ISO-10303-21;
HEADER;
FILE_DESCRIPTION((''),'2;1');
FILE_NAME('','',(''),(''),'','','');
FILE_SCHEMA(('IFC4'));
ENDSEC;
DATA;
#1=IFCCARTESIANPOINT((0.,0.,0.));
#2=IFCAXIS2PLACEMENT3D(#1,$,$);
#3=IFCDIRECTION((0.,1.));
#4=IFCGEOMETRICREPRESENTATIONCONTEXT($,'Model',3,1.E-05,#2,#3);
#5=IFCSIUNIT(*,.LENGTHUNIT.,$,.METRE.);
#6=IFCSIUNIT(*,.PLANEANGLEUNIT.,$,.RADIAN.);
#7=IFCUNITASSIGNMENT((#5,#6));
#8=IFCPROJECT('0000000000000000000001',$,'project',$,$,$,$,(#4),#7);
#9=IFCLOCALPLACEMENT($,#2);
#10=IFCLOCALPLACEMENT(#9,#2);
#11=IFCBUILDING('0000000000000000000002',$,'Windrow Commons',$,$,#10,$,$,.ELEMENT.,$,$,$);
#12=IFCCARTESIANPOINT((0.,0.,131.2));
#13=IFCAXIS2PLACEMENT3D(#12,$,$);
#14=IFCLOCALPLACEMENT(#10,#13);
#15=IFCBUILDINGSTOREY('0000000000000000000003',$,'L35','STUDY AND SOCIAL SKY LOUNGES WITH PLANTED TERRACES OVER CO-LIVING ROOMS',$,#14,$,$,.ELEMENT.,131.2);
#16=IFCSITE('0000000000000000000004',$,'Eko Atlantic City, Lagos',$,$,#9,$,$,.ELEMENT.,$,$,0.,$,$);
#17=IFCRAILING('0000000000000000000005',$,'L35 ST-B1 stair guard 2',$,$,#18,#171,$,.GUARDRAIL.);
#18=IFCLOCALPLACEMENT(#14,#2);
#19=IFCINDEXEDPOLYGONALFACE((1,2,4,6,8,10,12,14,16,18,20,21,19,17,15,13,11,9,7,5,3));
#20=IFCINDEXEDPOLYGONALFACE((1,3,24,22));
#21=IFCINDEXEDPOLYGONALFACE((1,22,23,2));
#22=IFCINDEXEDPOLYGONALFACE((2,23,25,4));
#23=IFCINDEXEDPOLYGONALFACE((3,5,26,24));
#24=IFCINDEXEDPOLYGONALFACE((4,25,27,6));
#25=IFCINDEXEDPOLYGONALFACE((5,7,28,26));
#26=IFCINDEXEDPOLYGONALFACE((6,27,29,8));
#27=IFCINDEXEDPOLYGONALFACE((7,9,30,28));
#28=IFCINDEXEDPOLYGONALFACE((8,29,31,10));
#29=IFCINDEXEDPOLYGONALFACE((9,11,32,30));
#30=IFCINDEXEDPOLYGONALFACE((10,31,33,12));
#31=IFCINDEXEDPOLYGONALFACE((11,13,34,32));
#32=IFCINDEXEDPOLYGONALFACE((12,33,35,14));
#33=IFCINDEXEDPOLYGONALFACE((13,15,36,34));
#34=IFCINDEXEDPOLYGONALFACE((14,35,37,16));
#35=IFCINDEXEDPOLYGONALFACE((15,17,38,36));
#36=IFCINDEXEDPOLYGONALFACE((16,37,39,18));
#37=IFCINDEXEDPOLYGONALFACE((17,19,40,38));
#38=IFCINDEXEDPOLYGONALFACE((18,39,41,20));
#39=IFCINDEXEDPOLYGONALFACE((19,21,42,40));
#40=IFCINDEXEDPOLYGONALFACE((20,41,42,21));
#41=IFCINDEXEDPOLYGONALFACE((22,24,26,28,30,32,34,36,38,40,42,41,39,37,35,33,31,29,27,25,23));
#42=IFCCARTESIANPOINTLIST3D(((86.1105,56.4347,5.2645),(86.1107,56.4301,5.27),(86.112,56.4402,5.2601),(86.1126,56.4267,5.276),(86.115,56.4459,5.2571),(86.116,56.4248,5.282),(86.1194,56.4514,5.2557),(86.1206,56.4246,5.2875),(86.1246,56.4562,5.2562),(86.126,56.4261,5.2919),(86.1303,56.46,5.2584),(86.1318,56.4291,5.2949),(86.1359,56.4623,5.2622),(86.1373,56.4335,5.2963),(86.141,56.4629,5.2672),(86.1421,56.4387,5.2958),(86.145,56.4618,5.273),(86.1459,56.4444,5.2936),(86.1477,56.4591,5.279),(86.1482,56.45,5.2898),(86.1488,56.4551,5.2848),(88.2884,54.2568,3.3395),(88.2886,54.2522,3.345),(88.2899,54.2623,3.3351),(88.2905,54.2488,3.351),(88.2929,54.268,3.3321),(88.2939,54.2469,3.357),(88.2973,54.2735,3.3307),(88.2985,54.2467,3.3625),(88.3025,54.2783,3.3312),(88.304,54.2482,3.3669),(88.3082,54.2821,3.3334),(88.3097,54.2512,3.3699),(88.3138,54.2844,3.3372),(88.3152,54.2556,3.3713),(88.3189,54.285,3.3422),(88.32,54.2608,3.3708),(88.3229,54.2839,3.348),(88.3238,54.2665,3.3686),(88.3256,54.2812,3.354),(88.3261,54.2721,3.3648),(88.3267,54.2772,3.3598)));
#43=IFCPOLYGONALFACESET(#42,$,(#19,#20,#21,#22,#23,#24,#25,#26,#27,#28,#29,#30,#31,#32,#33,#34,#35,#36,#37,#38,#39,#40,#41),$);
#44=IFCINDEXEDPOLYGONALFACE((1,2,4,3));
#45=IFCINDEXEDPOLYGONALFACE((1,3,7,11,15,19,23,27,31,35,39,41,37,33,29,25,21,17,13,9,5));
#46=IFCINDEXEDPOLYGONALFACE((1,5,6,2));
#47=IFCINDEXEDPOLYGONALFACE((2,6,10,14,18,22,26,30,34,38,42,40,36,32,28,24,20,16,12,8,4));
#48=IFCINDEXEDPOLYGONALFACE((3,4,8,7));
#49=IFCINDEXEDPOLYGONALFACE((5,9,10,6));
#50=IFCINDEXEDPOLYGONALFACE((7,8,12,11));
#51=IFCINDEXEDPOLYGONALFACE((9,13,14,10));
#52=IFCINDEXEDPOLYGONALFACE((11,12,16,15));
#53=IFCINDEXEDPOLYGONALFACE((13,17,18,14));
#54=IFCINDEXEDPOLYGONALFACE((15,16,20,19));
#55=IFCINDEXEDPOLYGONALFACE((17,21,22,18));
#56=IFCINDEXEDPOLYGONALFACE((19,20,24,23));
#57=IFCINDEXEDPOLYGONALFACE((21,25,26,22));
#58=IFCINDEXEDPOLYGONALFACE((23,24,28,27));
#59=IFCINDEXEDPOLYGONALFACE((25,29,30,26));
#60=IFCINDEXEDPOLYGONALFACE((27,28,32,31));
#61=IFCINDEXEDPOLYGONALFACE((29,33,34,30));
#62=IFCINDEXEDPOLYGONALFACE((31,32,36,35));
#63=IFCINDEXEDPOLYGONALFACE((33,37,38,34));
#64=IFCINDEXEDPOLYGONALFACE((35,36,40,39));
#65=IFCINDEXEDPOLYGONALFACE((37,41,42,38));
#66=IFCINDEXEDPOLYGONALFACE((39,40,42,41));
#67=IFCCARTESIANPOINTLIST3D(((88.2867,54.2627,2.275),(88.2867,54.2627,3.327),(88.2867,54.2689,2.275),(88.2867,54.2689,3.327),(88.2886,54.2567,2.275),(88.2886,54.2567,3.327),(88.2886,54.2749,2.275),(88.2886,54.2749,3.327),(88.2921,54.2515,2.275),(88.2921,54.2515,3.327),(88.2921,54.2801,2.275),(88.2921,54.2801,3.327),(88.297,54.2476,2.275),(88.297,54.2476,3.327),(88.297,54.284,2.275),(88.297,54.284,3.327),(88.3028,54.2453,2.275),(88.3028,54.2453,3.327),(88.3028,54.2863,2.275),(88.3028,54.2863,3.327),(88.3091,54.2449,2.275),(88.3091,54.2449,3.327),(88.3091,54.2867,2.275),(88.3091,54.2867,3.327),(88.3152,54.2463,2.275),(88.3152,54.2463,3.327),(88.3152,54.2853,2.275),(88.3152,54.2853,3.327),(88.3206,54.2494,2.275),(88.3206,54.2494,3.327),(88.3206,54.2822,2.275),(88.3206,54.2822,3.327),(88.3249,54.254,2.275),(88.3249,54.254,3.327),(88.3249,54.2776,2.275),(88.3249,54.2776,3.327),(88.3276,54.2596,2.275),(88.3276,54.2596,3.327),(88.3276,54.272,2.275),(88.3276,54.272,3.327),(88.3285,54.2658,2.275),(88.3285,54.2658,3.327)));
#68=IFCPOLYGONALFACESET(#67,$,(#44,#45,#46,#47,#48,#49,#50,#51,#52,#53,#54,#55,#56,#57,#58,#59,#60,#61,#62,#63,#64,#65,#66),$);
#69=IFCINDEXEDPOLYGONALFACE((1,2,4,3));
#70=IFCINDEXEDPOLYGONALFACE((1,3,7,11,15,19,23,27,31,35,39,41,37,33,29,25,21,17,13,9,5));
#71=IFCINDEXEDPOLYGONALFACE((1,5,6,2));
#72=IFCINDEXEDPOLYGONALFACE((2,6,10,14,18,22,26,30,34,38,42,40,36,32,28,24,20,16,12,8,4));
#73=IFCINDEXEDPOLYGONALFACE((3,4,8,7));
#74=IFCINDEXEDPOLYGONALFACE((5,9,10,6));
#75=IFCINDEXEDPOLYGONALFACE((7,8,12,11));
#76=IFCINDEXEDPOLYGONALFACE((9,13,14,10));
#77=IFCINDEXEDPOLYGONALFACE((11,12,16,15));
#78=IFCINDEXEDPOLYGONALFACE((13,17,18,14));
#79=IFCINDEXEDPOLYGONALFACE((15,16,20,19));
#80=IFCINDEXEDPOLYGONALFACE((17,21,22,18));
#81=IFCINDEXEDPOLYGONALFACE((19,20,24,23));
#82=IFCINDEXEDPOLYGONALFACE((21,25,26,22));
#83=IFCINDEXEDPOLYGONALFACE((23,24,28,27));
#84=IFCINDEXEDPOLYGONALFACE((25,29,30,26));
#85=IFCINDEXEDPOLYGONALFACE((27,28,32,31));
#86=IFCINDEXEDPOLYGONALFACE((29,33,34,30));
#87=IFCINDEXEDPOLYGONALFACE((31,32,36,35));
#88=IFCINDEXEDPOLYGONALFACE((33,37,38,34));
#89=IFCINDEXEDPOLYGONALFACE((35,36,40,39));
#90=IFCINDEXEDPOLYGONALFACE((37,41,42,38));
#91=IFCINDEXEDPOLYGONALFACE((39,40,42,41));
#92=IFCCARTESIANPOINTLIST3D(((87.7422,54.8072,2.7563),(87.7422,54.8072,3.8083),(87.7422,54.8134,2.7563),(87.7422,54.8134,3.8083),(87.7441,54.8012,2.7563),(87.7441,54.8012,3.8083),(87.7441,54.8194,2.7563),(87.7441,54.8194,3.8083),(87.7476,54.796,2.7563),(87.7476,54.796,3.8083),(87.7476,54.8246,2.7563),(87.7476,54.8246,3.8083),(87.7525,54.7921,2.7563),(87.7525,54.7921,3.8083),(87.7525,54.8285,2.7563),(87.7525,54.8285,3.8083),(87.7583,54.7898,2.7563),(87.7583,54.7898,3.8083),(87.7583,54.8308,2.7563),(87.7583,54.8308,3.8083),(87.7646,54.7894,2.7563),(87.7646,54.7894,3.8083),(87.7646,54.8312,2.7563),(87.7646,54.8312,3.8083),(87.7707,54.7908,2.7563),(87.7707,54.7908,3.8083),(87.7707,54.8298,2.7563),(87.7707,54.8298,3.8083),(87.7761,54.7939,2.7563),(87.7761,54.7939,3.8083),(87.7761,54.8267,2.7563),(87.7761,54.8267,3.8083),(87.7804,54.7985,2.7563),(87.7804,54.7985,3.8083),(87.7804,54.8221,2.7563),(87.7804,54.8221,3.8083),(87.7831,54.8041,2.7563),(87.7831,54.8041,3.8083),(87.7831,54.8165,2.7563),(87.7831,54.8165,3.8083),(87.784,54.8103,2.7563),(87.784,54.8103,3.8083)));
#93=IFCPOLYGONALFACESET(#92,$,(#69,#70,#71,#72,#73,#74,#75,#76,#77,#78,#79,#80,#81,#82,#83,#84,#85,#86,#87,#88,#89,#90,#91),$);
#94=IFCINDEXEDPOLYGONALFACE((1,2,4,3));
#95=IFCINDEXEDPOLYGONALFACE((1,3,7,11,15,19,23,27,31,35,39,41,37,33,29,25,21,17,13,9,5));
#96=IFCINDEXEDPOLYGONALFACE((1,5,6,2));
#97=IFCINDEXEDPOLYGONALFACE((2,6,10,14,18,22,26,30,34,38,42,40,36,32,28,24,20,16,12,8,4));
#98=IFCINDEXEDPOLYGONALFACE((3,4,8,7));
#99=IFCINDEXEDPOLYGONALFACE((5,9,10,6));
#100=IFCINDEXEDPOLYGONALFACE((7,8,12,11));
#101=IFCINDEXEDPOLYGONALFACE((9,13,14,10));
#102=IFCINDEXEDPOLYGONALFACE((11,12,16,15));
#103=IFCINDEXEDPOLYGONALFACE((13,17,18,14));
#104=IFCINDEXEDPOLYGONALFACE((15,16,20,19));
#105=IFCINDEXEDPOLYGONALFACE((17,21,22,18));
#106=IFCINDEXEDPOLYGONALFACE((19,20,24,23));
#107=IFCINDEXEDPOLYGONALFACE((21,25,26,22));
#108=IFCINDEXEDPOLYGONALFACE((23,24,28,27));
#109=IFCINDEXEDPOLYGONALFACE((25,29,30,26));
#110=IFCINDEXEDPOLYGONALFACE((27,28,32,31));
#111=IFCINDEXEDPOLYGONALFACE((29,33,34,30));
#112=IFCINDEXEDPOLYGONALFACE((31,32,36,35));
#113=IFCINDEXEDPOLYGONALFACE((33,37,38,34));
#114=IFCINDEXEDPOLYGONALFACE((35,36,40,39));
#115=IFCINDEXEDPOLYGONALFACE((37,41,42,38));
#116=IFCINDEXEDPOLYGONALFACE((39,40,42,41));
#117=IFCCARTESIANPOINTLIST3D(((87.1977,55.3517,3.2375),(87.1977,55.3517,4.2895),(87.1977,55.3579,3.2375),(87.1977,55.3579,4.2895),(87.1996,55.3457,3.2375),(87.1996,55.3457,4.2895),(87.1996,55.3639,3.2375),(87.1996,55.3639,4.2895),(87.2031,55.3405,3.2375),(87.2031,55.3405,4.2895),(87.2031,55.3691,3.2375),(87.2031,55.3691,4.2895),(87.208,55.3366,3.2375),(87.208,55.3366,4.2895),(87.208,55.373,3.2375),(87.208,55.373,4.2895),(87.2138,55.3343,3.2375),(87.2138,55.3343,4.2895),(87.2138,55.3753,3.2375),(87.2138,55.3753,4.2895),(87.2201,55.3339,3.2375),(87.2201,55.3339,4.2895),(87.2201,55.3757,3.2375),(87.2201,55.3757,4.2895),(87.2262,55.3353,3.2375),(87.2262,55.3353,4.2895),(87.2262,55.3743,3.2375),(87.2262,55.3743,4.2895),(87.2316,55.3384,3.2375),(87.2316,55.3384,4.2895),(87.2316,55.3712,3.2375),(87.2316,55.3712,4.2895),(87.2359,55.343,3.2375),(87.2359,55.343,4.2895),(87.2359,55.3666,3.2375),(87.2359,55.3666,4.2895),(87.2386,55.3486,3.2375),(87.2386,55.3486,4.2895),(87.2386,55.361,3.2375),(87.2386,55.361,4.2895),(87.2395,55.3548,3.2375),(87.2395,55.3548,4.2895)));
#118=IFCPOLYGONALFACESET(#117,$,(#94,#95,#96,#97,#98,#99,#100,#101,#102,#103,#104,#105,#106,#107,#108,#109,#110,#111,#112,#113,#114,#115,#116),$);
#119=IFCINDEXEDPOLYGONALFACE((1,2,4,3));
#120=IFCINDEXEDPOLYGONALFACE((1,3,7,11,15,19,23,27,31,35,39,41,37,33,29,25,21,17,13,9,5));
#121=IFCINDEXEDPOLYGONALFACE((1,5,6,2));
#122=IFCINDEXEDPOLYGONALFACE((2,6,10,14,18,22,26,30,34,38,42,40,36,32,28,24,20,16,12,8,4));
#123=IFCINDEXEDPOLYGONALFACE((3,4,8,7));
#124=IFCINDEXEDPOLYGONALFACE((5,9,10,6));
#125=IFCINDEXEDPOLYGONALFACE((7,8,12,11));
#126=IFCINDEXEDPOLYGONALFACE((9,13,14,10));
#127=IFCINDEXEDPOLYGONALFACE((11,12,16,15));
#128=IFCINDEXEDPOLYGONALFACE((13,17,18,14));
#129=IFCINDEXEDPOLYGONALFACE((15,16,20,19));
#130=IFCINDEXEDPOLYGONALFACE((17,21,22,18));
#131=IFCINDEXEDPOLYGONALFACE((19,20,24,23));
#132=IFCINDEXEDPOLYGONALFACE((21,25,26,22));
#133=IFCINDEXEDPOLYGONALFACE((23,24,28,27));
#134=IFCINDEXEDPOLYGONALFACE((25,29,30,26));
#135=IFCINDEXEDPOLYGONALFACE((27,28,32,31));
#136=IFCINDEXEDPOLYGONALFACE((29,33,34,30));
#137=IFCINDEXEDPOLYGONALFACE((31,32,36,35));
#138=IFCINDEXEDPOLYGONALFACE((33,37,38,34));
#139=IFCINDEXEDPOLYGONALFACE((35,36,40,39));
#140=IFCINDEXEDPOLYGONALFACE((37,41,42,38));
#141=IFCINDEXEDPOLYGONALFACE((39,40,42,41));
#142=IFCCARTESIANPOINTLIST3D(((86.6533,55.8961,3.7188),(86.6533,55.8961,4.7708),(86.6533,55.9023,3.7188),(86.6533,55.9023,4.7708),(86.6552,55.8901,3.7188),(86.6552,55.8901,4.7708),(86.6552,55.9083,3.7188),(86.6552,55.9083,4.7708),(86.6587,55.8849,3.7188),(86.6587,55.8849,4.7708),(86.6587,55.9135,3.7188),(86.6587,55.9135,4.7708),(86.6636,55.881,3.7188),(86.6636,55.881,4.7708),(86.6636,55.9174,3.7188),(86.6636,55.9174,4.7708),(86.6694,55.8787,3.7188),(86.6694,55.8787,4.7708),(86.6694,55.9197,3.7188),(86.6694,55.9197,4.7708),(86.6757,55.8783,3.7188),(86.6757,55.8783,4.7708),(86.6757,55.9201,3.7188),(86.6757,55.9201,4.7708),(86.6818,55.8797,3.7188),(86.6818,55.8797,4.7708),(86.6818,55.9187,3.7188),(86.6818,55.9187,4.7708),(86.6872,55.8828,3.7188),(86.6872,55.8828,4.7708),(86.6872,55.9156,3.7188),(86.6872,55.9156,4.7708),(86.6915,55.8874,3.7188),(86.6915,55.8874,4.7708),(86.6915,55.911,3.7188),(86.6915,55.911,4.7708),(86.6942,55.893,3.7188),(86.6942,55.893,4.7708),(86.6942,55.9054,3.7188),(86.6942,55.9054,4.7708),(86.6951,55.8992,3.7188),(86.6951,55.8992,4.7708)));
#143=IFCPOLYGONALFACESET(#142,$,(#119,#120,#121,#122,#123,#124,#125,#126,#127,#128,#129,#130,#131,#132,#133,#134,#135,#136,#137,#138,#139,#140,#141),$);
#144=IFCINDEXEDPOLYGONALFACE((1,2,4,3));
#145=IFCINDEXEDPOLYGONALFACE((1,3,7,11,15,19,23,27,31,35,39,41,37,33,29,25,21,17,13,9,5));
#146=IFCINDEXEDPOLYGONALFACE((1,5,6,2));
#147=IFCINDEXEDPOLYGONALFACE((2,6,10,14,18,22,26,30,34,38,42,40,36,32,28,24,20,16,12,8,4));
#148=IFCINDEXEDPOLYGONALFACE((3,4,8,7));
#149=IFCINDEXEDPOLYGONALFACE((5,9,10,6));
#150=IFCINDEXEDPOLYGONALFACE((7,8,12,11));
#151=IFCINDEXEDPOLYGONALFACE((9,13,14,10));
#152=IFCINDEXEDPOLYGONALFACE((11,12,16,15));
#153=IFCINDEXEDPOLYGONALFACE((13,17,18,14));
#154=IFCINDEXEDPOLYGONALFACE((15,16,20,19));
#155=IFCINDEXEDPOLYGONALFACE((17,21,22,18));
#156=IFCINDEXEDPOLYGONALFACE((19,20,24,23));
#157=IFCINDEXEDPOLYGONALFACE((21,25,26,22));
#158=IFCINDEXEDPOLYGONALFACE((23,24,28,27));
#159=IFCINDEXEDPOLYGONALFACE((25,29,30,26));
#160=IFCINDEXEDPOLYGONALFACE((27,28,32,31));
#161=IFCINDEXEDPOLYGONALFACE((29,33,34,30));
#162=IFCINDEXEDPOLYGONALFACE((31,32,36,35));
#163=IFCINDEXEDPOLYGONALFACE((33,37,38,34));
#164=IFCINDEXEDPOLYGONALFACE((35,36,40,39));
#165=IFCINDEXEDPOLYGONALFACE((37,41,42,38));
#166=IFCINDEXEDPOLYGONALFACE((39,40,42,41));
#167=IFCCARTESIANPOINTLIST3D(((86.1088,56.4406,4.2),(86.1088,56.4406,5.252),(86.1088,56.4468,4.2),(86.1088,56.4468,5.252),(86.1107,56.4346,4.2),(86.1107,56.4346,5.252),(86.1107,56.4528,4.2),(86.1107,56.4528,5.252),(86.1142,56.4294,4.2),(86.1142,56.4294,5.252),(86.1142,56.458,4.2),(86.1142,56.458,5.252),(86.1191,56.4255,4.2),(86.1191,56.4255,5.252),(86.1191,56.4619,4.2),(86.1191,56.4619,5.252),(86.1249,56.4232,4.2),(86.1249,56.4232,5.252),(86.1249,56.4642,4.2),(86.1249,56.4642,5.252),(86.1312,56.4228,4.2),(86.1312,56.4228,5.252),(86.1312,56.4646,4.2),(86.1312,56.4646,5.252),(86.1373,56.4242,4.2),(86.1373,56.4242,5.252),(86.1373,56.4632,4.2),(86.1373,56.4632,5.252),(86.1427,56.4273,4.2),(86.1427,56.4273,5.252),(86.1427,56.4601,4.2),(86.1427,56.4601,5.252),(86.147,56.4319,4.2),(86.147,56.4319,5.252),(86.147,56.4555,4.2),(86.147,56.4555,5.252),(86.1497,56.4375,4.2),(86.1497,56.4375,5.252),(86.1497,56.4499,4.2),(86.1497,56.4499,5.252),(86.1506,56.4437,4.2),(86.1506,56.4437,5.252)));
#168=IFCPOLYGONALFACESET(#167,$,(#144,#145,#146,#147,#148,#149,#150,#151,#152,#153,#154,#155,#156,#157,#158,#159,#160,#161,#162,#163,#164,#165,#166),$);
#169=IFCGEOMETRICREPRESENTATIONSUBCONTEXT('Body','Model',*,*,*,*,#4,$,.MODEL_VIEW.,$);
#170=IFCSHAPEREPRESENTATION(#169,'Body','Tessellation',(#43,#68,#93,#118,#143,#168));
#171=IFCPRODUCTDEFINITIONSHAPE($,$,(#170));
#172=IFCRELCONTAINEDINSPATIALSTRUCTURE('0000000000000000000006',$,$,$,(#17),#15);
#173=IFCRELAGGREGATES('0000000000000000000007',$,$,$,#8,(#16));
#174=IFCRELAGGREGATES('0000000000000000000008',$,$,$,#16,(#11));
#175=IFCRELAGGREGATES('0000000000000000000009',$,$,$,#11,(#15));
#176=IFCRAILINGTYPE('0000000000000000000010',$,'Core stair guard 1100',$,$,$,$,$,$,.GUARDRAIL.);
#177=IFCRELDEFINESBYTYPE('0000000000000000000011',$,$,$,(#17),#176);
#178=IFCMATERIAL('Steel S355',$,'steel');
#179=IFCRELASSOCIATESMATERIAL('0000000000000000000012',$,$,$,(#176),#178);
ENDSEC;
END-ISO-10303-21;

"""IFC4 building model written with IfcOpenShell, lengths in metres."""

from ifc_helpers import new_model, si_unit, direction, frame, origin, origin_2d, place, context, subcontext, project, spatial, circle, extrude, material, type_object, element, save


model = new_model("IFC4")

# Units and contexts
model_context = context("Model", 3, precision=1e-05, world=origin(), true_north=direction((0.0, 1.0)))
body_context = subcontext(model_context, "Body", "Model", "MODEL_VIEW")
ifc_project = project(units=[si_unit("LENGTHUNIT", "METRE"), si_unit("PLANEANGLEUNIT", "RADIAN")], contexts=[model_context])

# Site, building, storey
site_placement = place(None, origin())
site = spatial("IfcSite", under=ifc_project, at=site_placement, Name="Eko Atlantic City, Lagos", CompositionType="ELEMENT", RefElevation=0.0)
building_placement = place(site_placement, origin())
building = spatial("IfcBuilding", under=site, at=building_placement, Name="Windrow Commons", CompositionType="ELEMENT")
storey_placement = place(building_placement, frame((0.0, 0.0, 131.2)))
storey = spatial("IfcBuildingStorey", under=building, at=storey_placement, Name="L35", Description="STUDY AND SOCIAL SKY LOUNGES WITH PLANTED TERRACES OVER CO-LIVING ROOMS", CompositionType="ELEMENT", Elevation=131.2)

# Railing
ifc_material_1 = material(Name="Steel S355", Category="steel")
railing_type_1 = type_object("IfcRailingType", Name="Core stair guard 1100", PredefinedType="GUARDRAIL", material=ifc_material_1)
railing_1_placement = place(storey_placement, frame((88.3075, 54.2658, 2.275)))
element("IfcRailing", 1, at=railing_1_placement, inside=storey, type_object=railing_type_1, Name="L35 ST-B1 stair guard 2", PredefinedType="GUARDRAIL", context=body_context, shape_type="SweptSolid", body=[
    extrude(circle(Radius=0.024, at=origin_2d()), frame((0.0, 0.0, 1.076), z_axis=(-0.599626, 0.599626, 0.529997), x_axis=(-0.707107, -0.707107, 0.0)), (0.0, 0.0, 1.0), 3.6321),
    extrude(circle(Radius=0.021, at=origin_2d()), origin(), (0.0, 0.0, 1.0), 1.052),
    extrude(circle(Radius=0.021, at=origin_2d()), frame((-0.5445, 0.5445, 0.4813)), (0.0, 0.0, 1.0), 1.052),
    extrude(circle(Radius=0.021, at=origin_2d()), frame((-1.089, 1.089, 0.9625)), (0.0, 0.0, 1.0), 1.052),
    extrude(circle(Radius=0.021, at=origin_2d()), frame((-1.6334, 1.6334, 1.4438)), (0.0, 0.0, 1.0), 1.052),
    extrude(circle(Radius=0.021, at=origin_2d()), frame((-2.1779, 2.1779, 1.925)), (0.0, 0.0, 1.0), 1.052),
])

save(model, "model.ifc")
